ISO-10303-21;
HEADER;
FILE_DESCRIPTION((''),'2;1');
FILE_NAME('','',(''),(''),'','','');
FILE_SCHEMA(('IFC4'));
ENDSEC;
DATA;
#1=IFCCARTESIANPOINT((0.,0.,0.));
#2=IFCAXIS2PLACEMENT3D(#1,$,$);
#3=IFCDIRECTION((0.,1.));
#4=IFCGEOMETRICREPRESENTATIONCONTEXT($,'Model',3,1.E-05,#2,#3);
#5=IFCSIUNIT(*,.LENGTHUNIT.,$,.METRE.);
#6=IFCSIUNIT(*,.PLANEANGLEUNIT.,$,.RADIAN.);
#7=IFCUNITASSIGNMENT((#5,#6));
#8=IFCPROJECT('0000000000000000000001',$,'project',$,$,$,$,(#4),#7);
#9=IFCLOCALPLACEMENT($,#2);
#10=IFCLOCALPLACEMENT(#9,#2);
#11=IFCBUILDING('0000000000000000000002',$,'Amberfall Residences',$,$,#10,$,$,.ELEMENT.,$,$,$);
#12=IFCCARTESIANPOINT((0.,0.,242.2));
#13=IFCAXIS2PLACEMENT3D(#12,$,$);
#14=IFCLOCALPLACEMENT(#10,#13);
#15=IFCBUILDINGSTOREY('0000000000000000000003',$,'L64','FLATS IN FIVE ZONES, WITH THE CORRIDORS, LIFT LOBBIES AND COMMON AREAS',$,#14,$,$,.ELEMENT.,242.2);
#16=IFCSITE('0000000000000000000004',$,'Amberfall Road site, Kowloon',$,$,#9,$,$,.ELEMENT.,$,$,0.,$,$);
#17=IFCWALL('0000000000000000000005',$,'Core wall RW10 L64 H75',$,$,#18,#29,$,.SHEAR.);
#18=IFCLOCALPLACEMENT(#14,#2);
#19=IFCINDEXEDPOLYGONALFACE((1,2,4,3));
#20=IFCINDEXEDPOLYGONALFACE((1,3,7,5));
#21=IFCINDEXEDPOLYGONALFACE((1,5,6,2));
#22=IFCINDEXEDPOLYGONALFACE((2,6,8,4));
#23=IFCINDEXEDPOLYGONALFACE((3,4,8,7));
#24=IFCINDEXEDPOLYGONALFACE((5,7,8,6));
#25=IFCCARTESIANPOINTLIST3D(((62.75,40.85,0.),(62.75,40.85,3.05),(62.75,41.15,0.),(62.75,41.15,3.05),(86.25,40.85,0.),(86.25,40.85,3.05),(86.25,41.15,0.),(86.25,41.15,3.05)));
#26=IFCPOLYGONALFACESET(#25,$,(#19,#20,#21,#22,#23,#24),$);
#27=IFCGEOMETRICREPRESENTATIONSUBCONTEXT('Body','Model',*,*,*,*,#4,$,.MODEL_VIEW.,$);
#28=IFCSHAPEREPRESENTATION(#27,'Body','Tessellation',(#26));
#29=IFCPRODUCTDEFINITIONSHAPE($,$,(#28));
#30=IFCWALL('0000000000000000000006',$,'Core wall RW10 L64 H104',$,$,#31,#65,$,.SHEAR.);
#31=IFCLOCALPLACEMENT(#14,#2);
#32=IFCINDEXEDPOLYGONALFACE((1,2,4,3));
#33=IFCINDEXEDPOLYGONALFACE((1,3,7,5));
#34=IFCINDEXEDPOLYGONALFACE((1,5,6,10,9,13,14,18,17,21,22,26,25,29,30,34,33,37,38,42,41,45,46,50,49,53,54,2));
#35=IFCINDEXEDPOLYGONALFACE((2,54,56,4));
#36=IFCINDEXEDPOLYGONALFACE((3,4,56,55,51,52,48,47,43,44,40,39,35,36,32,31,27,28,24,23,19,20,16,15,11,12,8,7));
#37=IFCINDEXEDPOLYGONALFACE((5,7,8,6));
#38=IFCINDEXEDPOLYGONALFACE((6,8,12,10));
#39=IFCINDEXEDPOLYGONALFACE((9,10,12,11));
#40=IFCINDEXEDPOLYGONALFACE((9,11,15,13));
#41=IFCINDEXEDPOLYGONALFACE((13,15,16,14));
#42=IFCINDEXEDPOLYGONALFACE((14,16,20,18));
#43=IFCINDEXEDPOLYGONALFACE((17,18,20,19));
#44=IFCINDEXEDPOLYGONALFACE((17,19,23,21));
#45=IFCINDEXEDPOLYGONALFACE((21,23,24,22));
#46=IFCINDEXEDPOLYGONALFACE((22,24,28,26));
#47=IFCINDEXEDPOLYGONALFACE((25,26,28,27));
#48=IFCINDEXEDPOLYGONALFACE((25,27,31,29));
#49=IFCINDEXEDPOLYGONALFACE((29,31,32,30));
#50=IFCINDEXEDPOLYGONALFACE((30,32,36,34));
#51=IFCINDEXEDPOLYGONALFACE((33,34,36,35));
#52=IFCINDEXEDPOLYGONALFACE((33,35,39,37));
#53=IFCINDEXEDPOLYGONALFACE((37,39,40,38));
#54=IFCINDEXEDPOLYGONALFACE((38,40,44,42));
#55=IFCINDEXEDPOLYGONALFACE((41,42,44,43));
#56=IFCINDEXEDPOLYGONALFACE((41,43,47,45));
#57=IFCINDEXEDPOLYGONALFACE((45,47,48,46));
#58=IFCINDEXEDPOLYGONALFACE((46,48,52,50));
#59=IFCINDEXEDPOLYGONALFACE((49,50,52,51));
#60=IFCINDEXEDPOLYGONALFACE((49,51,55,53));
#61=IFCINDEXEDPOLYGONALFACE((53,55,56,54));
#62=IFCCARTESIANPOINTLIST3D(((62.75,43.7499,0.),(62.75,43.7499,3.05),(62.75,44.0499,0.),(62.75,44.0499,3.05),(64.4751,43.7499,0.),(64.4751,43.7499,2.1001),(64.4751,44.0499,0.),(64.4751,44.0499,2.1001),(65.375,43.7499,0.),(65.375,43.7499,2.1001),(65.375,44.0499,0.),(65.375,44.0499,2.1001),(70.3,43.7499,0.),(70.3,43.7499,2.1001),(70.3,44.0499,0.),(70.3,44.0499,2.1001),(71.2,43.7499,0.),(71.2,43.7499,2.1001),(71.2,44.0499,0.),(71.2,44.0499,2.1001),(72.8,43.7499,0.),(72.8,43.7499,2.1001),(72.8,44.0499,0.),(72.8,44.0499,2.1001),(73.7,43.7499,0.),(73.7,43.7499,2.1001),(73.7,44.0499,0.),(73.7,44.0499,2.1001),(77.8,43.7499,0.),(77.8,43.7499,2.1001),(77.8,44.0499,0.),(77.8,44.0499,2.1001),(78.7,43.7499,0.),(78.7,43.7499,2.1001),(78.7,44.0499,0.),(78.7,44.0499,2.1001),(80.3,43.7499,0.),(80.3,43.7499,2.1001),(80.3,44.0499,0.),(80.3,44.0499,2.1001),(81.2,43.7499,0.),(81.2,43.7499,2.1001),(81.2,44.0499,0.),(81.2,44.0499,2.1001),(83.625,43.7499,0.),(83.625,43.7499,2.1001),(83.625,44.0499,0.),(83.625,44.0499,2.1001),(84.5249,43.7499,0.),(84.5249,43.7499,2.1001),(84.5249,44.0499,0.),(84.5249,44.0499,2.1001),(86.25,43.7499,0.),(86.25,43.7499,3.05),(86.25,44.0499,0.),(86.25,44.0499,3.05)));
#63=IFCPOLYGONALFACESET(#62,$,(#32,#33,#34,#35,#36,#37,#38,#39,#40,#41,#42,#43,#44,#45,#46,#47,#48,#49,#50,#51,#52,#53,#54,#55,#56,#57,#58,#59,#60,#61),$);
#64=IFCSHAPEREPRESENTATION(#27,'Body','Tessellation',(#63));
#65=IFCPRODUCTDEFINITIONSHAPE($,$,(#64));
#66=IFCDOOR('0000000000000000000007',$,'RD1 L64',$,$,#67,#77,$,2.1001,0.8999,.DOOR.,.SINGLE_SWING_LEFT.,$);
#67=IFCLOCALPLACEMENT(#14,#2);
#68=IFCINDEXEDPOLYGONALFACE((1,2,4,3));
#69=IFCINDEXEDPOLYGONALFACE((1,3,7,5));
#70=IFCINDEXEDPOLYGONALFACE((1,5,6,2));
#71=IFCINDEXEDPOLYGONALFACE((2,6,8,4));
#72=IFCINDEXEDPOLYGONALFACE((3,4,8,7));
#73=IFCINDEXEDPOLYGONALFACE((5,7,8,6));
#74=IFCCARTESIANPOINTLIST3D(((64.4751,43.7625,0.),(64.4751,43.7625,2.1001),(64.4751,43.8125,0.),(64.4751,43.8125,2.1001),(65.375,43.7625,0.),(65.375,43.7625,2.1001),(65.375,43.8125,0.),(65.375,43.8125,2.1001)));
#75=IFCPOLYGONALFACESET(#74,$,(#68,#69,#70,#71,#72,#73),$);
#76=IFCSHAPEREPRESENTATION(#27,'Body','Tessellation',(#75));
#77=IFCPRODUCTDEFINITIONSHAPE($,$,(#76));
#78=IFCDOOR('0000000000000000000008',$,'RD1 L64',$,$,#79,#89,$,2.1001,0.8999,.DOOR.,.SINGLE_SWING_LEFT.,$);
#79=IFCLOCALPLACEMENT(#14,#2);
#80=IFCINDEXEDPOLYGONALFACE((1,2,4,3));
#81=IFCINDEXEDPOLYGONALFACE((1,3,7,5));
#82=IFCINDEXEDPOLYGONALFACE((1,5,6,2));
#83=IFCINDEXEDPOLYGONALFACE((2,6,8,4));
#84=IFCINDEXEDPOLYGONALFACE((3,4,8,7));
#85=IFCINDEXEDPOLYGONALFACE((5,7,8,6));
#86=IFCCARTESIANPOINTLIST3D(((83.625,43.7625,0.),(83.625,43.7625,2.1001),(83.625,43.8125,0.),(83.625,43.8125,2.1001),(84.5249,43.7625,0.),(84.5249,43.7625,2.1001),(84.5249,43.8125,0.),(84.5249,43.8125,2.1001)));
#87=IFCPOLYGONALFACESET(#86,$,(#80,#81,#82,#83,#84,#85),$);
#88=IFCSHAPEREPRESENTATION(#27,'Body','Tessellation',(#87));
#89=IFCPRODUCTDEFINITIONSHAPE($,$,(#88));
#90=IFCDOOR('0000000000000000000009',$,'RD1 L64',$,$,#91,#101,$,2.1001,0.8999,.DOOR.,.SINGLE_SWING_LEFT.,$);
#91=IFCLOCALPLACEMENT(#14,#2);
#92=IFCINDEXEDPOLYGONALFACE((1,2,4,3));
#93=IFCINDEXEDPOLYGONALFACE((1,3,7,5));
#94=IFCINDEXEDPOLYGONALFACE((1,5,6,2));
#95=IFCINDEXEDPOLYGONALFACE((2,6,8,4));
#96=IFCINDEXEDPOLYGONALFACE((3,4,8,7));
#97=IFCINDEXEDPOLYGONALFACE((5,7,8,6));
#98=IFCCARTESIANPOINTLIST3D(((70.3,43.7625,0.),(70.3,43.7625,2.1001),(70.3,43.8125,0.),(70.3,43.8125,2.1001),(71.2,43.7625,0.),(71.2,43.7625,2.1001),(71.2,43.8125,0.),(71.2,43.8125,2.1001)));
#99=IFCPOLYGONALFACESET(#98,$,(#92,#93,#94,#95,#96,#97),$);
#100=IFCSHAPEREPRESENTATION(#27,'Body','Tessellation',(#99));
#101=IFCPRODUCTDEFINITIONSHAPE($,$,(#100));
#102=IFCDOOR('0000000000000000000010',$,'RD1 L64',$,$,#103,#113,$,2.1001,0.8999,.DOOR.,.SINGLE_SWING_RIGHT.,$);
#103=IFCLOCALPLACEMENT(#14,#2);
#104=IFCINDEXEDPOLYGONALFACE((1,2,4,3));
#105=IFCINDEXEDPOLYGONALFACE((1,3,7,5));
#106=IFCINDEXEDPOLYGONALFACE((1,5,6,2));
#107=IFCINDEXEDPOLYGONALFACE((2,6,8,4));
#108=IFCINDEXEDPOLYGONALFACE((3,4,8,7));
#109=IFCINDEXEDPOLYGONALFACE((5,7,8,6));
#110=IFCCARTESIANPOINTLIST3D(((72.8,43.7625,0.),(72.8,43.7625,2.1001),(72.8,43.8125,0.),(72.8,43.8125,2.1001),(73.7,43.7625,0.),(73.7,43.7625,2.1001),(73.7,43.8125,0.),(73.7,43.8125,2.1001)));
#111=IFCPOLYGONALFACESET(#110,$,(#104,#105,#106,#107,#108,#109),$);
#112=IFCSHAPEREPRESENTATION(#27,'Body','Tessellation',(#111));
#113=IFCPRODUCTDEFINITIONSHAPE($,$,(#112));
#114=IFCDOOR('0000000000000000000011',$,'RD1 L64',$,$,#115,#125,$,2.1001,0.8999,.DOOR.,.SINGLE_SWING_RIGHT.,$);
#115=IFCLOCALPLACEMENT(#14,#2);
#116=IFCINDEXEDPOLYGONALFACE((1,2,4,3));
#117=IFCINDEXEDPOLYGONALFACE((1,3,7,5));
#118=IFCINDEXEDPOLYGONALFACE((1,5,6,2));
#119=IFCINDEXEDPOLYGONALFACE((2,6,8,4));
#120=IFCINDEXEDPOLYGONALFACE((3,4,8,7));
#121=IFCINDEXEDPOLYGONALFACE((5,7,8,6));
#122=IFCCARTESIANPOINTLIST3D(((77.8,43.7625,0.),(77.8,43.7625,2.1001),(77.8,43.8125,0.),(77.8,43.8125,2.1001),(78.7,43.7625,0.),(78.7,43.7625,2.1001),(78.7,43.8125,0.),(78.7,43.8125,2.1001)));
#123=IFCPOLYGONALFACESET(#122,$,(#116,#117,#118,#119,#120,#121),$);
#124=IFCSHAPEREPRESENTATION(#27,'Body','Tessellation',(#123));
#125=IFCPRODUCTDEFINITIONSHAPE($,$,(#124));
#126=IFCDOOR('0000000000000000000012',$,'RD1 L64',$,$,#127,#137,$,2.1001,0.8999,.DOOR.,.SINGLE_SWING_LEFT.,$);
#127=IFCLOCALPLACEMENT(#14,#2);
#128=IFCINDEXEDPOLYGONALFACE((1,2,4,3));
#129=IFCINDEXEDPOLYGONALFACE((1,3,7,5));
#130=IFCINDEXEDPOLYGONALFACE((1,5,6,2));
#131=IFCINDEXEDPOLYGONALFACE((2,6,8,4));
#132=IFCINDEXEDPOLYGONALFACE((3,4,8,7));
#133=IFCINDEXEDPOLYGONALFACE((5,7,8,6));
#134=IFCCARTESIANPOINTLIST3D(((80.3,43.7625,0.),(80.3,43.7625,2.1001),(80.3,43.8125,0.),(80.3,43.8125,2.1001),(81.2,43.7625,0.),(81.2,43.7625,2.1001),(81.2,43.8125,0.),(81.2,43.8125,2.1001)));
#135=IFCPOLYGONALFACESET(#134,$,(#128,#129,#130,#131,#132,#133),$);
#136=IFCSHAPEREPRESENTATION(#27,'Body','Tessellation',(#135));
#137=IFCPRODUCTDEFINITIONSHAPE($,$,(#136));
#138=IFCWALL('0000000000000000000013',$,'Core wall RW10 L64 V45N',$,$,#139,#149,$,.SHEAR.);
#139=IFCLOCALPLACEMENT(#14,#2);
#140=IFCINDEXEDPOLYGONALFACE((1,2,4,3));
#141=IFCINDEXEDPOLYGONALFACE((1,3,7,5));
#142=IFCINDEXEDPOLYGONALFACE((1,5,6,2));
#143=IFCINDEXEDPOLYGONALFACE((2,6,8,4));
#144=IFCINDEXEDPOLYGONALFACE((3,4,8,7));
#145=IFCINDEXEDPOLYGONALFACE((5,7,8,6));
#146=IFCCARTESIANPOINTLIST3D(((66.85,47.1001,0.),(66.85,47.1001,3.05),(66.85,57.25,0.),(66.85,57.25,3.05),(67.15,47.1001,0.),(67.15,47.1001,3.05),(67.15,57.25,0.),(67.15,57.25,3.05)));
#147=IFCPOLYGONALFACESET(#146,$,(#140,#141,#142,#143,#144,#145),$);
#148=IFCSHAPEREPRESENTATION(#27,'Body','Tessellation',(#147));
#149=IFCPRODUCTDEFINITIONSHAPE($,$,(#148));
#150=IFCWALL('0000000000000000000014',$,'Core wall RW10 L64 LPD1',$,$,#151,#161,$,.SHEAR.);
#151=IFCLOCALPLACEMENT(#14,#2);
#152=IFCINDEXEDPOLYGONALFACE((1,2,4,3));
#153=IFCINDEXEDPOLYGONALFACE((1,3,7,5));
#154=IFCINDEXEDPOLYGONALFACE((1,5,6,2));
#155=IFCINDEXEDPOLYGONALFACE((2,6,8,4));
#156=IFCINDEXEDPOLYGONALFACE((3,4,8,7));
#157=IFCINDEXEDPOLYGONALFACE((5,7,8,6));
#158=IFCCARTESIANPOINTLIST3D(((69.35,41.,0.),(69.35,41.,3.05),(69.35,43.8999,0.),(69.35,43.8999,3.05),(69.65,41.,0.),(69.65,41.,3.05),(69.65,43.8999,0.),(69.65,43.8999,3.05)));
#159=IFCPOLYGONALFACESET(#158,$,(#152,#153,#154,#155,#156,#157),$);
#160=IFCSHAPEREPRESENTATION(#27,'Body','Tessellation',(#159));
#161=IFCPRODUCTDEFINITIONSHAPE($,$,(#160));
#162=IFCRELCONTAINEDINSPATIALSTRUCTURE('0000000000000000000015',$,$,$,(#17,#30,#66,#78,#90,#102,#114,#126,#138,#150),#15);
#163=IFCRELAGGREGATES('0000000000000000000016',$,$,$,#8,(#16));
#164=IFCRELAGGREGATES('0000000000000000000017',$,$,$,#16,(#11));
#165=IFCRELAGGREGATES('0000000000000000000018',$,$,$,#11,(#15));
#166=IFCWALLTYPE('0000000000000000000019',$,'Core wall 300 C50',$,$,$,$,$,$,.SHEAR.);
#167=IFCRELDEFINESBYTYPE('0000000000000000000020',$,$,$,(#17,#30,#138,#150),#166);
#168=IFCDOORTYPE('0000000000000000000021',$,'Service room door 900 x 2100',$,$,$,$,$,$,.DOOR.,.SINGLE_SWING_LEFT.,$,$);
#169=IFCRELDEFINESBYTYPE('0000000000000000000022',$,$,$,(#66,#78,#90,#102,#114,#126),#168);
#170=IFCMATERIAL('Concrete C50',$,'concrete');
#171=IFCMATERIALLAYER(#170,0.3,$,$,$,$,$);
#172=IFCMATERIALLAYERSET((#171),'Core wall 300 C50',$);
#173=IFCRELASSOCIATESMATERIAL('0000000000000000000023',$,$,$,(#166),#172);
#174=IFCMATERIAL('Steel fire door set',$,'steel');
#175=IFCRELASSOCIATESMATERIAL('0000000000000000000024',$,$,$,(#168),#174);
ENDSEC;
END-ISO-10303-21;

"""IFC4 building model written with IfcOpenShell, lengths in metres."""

from ifc_helpers import new_model, si_unit, direction, frame, frame_2d, origin, place, context, subcontext, project, spatial, rectangle, extrude, material, layer, layer_set, type_object, element, fill, save


model = new_model("IFC4")

# Units and contexts
model_context = context("Model", 3, precision=1e-05, world=origin(), true_north=direction((0.0, 1.0)))
body_context = subcontext(model_context, "Body", "Model", "MODEL_VIEW")
ifc_project = project(units=[si_unit("LENGTHUNIT", "METRE"), si_unit("PLANEANGLEUNIT", "RADIAN")], contexts=[model_context])

# Site, building, storey
site_placement = place(None, origin())
site = spatial("IfcSite", under=ifc_project, at=site_placement, Name="Amberfall Road site, Kowloon", CompositionType="ELEMENT", RefElevation=0.0)
building_placement = place(site_placement, origin())
building = spatial("IfcBuilding", under=site, at=building_placement, Name="Amberfall Residences", CompositionType="ELEMENT")
storey_placement = place(building_placement, frame((0.0, 0.0, 242.2)))
storey = spatial("IfcBuildingStorey", under=building, at=storey_placement, Name="L64", Description="FLATS IN FIVE ZONES, WITH THE CORRIDORS, LIFT LOBBIES AND COMMON AREAS", CompositionType="ELEMENT", Elevation=242.2)

# Wall
ifc_material_1 = material(Name="Concrete C50", Category="concrete")
ifc_layer_1 = layer(ifc_material_1, 0.3)
ifc_layer_set_1 = layer_set([ifc_layer_1], Name="Core wall 300 C50")
wall_type_1 = type_object("IfcWallType", Name="Core wall 300 C50", PredefinedType="SHEAR", material=ifc_layer_set_1)
wall_1_placement = place(storey_placement, frame((62.75, 41.0, 0.0), z_axis=(0.0, 0.0, 1.0), x_axis=(1.0, 0.0, 0.0)))
element("IfcWall", 1, at=wall_1_placement, inside=storey, type_object=wall_type_1, Name="Core wall RW10 L64 H75", PredefinedType="SHEAR", context=body_context, shape_type="SweptSolid", body=[
    extrude(rectangle(XDim=23.5, YDim=0.3, at=frame_2d((11.75, 0.0))), origin(), (0.0, 0.0, 1.0), 3.05),
])

# Wall, openings, doors
wall_2_placement = place(storey_placement, frame((62.75, 43.8999, 0.0), z_axis=(0.0, 0.0, 1.0), x_axis=(1.0, 0.0, 0.0)))
wall_2 = element("IfcWall", 2, at=wall_2_placement, inside=storey, type_object=wall_type_1, Name="Core wall RW10 L64 H104", PredefinedType="SHEAR", context=body_context, shape_type="SweptSolid", body=[
    extrude(rectangle(XDim=23.5, YDim=0.3, at=frame_2d((11.75, 0.0))), origin(), (0.0, 0.0, 1.0), 3.05),
])
opening_1_placement = place(wall_2_placement, frame((1.7251, 0.0, 0.0)))
opening_1 = element("IfcOpeningElement", 3, at=opening_1_placement, cuts=wall_2, PredefinedType="OPENING", context=body_context, shape_type="SweptSolid", body=[
    extrude(rectangle(XDim=0.8999, YDim=2.1001, at=frame_2d((0.45, 1.05))), frame((0.0, 0.1599, 0.0), z_axis=(0.0, -1.0, 0.0), x_axis=(1.0, 0.0, 0.0)), (0.0, 0.0, 1.0), 0.3201),
])
opening_2_placement = place(wall_2_placement, frame((20.875, 0.0, 0.0)))
opening_2 = element("IfcOpeningElement", 4, at=opening_2_placement, cuts=wall_2, PredefinedType="OPENING", context=body_context, shape_type="SweptSolid", body=[
    extrude(rectangle(XDim=0.8999, YDim=2.1001, at=frame_2d((0.45, 1.05))), frame((0.0, 0.1599, 0.0), z_axis=(0.0, -1.0, 0.0), x_axis=(1.0, 0.0, 0.0)), (0.0, 0.0, 1.0), 0.3201),
])
opening_3_placement = place(wall_2_placement, frame((7.55, 0.0, 0.0)))
opening_3 = element("IfcOpeningElement", 5, at=opening_3_placement, cuts=wall_2, PredefinedType="OPENING", context=body_context, shape_type="SweptSolid", body=[
    extrude(rectangle(XDim=0.8999, YDim=2.1001, at=frame_2d((0.45, 1.05))), frame((0.0, 0.1599, 0.0), z_axis=(0.0, -1.0, 0.0), x_axis=(1.0, 0.0, 0.0)), (0.0, 0.0, 1.0), 0.3201),
])
opening_4_placement = place(wall_2_placement, frame((10.05, 0.0, 0.0)))
opening_4 = element("IfcOpeningElement", 6, at=opening_4_placement, cuts=wall_2, PredefinedType="OPENING", context=body_context, shape_type="SweptSolid", body=[
    extrude(rectangle(XDim=0.8999, YDim=2.1001, at=frame_2d((0.45, 1.05))), frame((0.0, 0.1599, 0.0), z_axis=(0.0, -1.0, 0.0), x_axis=(1.0, 0.0, 0.0)), (0.0, 0.0, 1.0), 0.3201),
])
opening_5_placement = place(wall_2_placement, frame((15.05, 0.0, 0.0)))
opening_5 = element("IfcOpeningElement", 7, at=opening_5_placement, cuts=wall_2, PredefinedType="OPENING", context=body_context, shape_type="SweptSolid", body=[
    extrude(rectangle(XDim=0.8999, YDim=2.1001, at=frame_2d((0.45, 1.05))), frame((0.0, 0.1599, 0.0), z_axis=(0.0, -1.0, 0.0), x_axis=(1.0, 0.0, 0.0)), (0.0, 0.0, 1.0), 0.3201),
])
opening_6_placement = place(wall_2_placement, frame((17.55, 0.0, 0.0)))
opening_6 = element("IfcOpeningElement", 8, at=opening_6_placement, cuts=wall_2, PredefinedType="OPENING", context=body_context, shape_type="SweptSolid", body=[
    extrude(rectangle(XDim=0.8999, YDim=2.1001, at=frame_2d((0.45, 1.05))), frame((0.0, 0.1599, 0.0), z_axis=(0.0, -1.0, 0.0), x_axis=(1.0, 0.0, 0.0)), (0.0, 0.0, 1.0), 0.3201),
])
ifc_material_2 = material(Name="Steel fire door set", Category="steel")
door_type_1 = type_object("IfcDoorType", Name="Service room door 900 x 2100", OperationType="SINGLE_SWING_LEFT", PredefinedType="DOOR", material=ifc_material_2)
door_1_placement = place(opening_1_placement, origin())
door_1 = element("IfcDoor", 9, at=door_1_placement, inside=storey, type_object=door_type_1, Name="RD1 L64", OperationType="SINGLE_SWING_LEFT", OverallHeight=2.1001, OverallWidth=0.8999, PredefinedType="DOOR", context=body_context, shape_type="SweptSolid", body=[
    extrude(rectangle(XDim=0.8999, YDim=2.1001, at=frame_2d((0.45, 1.05))), frame((0.0, -0.0874, 0.0), z_axis=(0.0, -1.0, 0.0), x_axis=(1.0, 0.0, 0.0)), (0.0, 0.0, 1.0), 0.05),
])
fill(opening_1, door_1)
door_2_placement = place(opening_2_placement, origin())
door_2 = element("IfcDoor", 10, at=door_2_placement, inside=storey, type_object=door_type_1, Name="RD1 L64", OperationType="SINGLE_SWING_LEFT", OverallHeight=2.1001, OverallWidth=0.8999, PredefinedType="DOOR", context=body_context, shape_type="SweptSolid", body=[
    extrude(rectangle(XDim=0.8999, YDim=2.1001, at=frame_2d((0.45, 1.05))), frame((0.0, -0.0874, 0.0), z_axis=(0.0, -1.0, 0.0), x_axis=(1.0, 0.0, 0.0)), (0.0, 0.0, 1.0), 0.05),
])
fill(opening_2, door_2)
door_3_placement = place(opening_3_placement, origin())
door_3 = element("IfcDoor", 11, at=door_3_placement, inside=storey, type_object=door_type_1, Name="RD1 L64", OperationType="SINGLE_SWING_LEFT", OverallHeight=2.1001, OverallWidth=0.8999, PredefinedType="DOOR", context=body_context, shape_type="SweptSolid", body=[
    extrude(rectangle(XDim=0.8999, YDim=2.1001, at=frame_2d((0.45, 1.05))), frame((0.0, -0.0874, 0.0), z_axis=(0.0, -1.0, 0.0), x_axis=(1.0, 0.0, 0.0)), (0.0, 0.0, 1.0), 0.05),
])
fill(opening_3, door_3)
door_4_placement = place(opening_4_placement, origin())
door_4 = element("IfcDoor", 12, at=door_4_placement, inside=storey, type_object=door_type_1, Name="RD1 L64", OperationType="SINGLE_SWING_RIGHT", OverallHeight=2.1001, OverallWidth=0.8999, PredefinedType="DOOR", context=body_context, shape_type="SweptSolid", body=[
    extrude(rectangle(XDim=0.8999, YDim=2.1001, at=frame_2d((0.45, 1.05))), frame((0.0, -0.0874, 0.0), z_axis=(0.0, -1.0, 0.0), x_axis=(1.0, 0.0, 0.0)), (0.0, 0.0, 1.0), 0.05),
])
fill(opening_4, door_4)
door_5_placement = place(opening_5_placement, origin())
door_5 = element("IfcDoor", 13, at=door_5_placement, inside=storey, type_object=door_type_1, Name="RD1 L64", OperationType="SINGLE_SWING_RIGHT", OverallHeight=2.1001, OverallWidth=0.8999, PredefinedType="DOOR", context=body_context, shape_type="SweptSolid", body=[
    extrude(rectangle(XDim=0.8999, YDim=2.1001, at=frame_2d((0.45, 1.05))), frame((0.0, -0.0874, 0.0), z_axis=(0.0, -1.0, 0.0), x_axis=(1.0, 0.0, 0.0)), (0.0, 0.0, 1.0), 0.05),
])
fill(opening_5, door_5)
door_6_placement = place(opening_6_placement, origin())
door_6 = element("IfcDoor", 14, at=door_6_placement, inside=storey, type_object=door_type_1, Name="RD1 L64", OperationType="SINGLE_SWING_LEFT", OverallHeight=2.1001, OverallWidth=0.8999, PredefinedType="DOOR", context=body_context, shape_type="SweptSolid", body=[
    extrude(rectangle(XDim=0.8999, YDim=2.1001, at=frame_2d((0.45, 1.05))), frame((0.0, -0.0874, 0.0), z_axis=(0.0, -1.0, 0.0), x_axis=(1.0, 0.0, 0.0)), (0.0, 0.0, 1.0), 0.05),
])
fill(opening_6, door_6)

# Walls
wall_3_placement = place(storey_placement, frame((67.0, 47.1001, 0.0), z_axis=(0.0, 0.0, 1.0), x_axis=(0.0, 1.0, 0.0)))
element("IfcWall", 15, at=wall_3_placement, inside=storey, type_object=wall_type_1, Name="Core wall RW10 L64 V45N", PredefinedType="SHEAR", context=body_context, shape_type="SweptSolid", body=[
    extrude(rectangle(XDim=10.1499, YDim=0.3, at=frame_2d((5.075, 0.0))), origin(), (0.0, 0.0, 1.0), 3.05),
])
wall_4_placement = place(storey_placement, frame((69.5, 41.0, 0.0), z_axis=(0.0, 0.0, 1.0), x_axis=(0.0, 1.0, 0.0)))
element("IfcWall", 16, at=wall_4_placement, inside=storey, type_object=wall_type_1, Name="Core wall RW10 L64 LPD1", PredefinedType="SHEAR", context=body_context, shape_type="SweptSolid", body=[
    extrude(rectangle(XDim=2.8999, YDim=0.3, at=frame_2d((1.45, 0.0))), origin(), (0.0, 0.0, 1.0), 3.05),
])

save(model, "model.ifc")
